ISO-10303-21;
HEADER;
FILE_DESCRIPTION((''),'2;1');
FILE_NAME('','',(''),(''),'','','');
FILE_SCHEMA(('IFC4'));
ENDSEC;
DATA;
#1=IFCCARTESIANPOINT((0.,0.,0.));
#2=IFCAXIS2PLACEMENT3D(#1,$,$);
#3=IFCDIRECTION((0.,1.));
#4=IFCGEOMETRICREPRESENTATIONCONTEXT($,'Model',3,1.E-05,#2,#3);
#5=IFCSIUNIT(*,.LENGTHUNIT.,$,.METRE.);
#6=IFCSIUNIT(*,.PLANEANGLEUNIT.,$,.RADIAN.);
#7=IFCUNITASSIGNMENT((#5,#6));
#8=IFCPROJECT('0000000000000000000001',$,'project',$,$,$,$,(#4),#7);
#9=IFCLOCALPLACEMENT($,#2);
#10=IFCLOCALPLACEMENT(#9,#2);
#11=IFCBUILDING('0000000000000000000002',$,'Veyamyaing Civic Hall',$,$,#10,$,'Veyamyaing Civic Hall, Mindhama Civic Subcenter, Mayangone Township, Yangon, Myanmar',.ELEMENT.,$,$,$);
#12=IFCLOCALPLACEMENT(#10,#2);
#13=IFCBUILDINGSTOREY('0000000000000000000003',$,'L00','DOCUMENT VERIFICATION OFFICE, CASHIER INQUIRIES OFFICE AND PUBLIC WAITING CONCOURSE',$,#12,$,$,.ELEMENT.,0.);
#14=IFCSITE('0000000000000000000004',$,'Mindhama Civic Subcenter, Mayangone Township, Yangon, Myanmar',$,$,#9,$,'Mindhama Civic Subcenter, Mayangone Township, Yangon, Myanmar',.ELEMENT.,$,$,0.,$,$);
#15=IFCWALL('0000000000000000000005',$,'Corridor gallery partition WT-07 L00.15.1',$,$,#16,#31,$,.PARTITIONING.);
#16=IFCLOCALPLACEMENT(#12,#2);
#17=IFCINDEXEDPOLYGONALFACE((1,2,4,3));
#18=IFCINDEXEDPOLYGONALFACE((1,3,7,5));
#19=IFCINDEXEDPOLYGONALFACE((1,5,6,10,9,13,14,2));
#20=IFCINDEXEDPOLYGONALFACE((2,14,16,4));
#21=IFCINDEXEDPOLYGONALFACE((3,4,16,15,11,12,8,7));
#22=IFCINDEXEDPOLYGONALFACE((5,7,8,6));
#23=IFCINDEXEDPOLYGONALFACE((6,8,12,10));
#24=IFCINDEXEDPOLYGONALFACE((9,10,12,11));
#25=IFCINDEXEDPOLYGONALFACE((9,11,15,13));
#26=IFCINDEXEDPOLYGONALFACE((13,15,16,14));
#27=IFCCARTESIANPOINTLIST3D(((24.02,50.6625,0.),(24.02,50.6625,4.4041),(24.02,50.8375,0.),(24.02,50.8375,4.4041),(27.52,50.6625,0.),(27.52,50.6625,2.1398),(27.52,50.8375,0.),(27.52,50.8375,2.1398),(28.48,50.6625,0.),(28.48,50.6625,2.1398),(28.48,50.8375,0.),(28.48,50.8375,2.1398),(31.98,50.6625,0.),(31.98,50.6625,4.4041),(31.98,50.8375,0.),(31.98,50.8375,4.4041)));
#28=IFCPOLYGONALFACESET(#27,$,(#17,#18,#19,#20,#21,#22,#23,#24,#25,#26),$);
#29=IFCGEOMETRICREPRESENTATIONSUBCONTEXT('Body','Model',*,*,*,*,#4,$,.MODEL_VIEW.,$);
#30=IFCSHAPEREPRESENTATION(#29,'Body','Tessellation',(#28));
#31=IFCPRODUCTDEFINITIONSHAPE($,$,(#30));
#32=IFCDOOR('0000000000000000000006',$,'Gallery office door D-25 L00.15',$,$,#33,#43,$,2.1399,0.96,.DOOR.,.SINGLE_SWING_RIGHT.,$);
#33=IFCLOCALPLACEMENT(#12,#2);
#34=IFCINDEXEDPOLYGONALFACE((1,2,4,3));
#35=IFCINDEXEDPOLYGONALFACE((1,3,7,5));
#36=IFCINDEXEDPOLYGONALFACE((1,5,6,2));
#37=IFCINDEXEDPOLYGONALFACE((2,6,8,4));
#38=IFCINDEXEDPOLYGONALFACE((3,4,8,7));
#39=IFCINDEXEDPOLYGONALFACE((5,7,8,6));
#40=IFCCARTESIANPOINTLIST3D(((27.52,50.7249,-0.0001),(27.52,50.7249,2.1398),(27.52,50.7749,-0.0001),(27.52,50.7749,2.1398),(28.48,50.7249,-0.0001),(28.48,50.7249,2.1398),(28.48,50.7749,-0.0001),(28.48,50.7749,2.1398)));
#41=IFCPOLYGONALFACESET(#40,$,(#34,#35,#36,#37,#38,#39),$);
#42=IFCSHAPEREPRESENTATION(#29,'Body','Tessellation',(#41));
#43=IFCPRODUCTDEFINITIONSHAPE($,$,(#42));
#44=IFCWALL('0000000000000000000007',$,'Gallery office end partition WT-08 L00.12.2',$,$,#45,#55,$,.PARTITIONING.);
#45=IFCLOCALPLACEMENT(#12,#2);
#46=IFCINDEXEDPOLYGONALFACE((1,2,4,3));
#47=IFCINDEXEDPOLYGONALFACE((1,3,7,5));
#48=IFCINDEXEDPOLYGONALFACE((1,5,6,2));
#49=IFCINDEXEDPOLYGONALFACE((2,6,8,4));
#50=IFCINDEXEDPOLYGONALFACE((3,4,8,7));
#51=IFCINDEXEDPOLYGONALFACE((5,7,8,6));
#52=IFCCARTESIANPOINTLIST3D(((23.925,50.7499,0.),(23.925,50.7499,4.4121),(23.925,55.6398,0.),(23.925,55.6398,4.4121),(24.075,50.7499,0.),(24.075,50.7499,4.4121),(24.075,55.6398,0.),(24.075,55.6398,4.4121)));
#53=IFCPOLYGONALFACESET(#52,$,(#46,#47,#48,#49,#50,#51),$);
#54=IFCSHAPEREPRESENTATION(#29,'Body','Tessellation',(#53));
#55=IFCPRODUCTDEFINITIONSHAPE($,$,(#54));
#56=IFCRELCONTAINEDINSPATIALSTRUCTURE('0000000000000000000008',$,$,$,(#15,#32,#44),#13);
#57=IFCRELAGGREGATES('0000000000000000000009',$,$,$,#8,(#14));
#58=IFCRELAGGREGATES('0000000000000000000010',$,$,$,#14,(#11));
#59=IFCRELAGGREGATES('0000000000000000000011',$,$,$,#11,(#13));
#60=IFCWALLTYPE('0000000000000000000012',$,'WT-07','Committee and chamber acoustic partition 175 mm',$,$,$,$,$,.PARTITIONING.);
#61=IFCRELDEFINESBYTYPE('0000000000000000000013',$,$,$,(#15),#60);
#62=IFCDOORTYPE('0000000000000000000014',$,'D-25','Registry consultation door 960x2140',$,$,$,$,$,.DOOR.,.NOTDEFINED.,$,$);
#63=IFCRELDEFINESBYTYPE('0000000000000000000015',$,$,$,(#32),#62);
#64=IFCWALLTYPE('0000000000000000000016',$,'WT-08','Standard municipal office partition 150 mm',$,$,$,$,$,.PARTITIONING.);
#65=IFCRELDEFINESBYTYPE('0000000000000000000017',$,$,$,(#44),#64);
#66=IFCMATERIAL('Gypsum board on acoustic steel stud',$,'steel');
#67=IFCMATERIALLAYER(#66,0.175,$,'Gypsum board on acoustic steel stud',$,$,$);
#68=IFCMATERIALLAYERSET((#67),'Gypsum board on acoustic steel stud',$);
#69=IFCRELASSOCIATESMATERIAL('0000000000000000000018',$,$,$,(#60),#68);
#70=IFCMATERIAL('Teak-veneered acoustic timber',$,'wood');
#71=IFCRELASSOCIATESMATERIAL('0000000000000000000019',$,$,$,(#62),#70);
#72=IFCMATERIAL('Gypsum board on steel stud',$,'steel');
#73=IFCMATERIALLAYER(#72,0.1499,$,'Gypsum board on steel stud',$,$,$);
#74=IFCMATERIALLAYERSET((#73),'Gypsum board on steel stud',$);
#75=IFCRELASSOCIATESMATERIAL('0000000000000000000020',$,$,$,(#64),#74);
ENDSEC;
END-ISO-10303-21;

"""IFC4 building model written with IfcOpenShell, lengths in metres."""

from ifc_helpers import new_model, si_unit, direction, frame, frame_2d, origin, place, context, subcontext, project, spatial, rectangle, extrude, material, layer, layer_set, type_object, element, fill, save


model = new_model("IFC4")

# Units and contexts
model_context = context("Model", 3, precision=1e-05, world=origin(), true_north=direction((0.0, 1.0)))
body_context = subcontext(model_context, "Body", "Model", "MODEL_VIEW")
ifc_project = project(units=[si_unit("LENGTHUNIT", "METRE"), si_unit("PLANEANGLEUNIT", "RADIAN")], contexts=[model_context])

# Site, building, storey
site_placement = place(None, origin())
site = spatial("IfcSite", under=ifc_project, at=site_placement, Name="Mindhama Civic Subcenter, Mayangone Township, Yangon, Myanmar", LongName="Mindhama Civic Subcenter, Mayangone Township, Yangon, Myanmar", CompositionType="ELEMENT", RefElevation=0.0)
building_placement = place(site_placement, origin())
building = spatial("IfcBuilding", under=site, at=building_placement, Name="Veyamyaing Civic Hall", LongName="Veyamyaing Civic Hall, Mindhama Civic Subcenter, Mayangone Township, Yangon, Myanmar", CompositionType="ELEMENT")
storey_placement = place(building_placement, origin())
storey = spatial("IfcBuildingStorey", under=building, at=storey_placement, Name="L00", Description="DOCUMENT VERIFICATION OFFICE, CASHIER INQUIRIES OFFICE AND PUBLIC WAITING CONCOURSE", CompositionType="ELEMENT", Elevation=0.0)

# Wall, opening, door
ifc_material_1 = material(Name="Gypsum board on acoustic steel stud", Category="steel")
ifc_layer_1 = layer(ifc_material_1, 0.175, Name="Gypsum board on acoustic steel stud")
ifc_layer_set_1 = layer_set([ifc_layer_1], Name="Gypsum board on acoustic steel stud")
wall_type_1 = type_object("IfcWallType", Name="WT-07", Description="Committee and chamber acoustic partition 175 mm", PredefinedType="PARTITIONING", material=ifc_layer_set_1)
wall_1_placement = place(storey_placement, frame((24.02, 50.75, 0.0), z_axis=(0.0, 0.0, 1.0), x_axis=(1.0, 0.0, 0.0)))
wall_1 = element("IfcWall", 1, at=wall_1_placement, inside=storey, type_object=wall_type_1, Name="Corridor gallery partition WT-07 L00.15.1", PredefinedType="PARTITIONING", context=body_context, shape_type="SweptSolid", body=[
    extrude(rectangle(XDim=7.96, YDim=0.175, at=frame_2d((3.98, 0.0))), origin(), (0.0, 0.0, 1.0), 4.4041),
])
opening_placement = place(wall_1_placement, frame((3.5, 0.0, 0.0)))
opening = element("IfcOpeningElement", 2, at=opening_placement, cuts=wall_1, PredefinedType="OPENING", context=body_context, shape_type="SweptSolid", body=[
    extrude(rectangle(XDim=0.96, YDim=2.1399, at=frame_2d((0.48, 1.0698))), frame((0.0, 0.0974, 0.0), z_axis=(0.0, -1.0, 0.0), x_axis=(1.0, 0.0, 0.0)), (0.0, 0.0, 1.0), 0.1951),
])
ifc_material_2 = material(Name="Teak-veneered acoustic timber", Category="wood")
door_type = type_object("IfcDoorType", Name="D-25", Description="Registry consultation door 960x2140", OperationType="NOTDEFINED", PredefinedType="DOOR", material=ifc_material_2)
door_placement = place(opening_placement, origin())
door = element("IfcDoor", 3, at=door_placement, inside=storey, type_object=door_type, Name="Gallery office door D-25 L00.15", OperationType="SINGLE_SWING_RIGHT", OverallHeight=2.1399, OverallWidth=0.96, PredefinedType="DOOR", context=body_context, shape_type="SweptSolid", body=[
    extrude(rectangle(XDim=0.96, YDim=2.1399, at=frame_2d((0.48, 1.0698))), frame((0.0, 0.0249, 0.0), z_axis=(0.0, -1.0, 0.0), x_axis=(1.0, 0.0, 0.0)), (0.0, 0.0, 1.0), 0.05),
])
fill(opening, door)

# Wall
ifc_material_3 = material(Name="Gypsum board on steel stud", Category="steel")
ifc_layer_2 = layer(ifc_material_3, 0.1499, Name="Gypsum board on steel stud")
ifc_layer_set_2 = layer_set([ifc_layer_2], Name="Gypsum board on steel stud")
wall_type_2 = type_object("IfcWallType", Name="WT-08", Description="Standard municipal office partition 150 mm", PredefinedType="PARTITIONING", material=ifc_layer_set_2)
wall_2_placement = place(storey_placement, frame((24.0, 50.75, 0.0), z_axis=(0.0, 0.0, 1.0), x_axis=(0.0, 1.0, 0.0)))
element("IfcWall", 4, at=wall_2_placement, inside=storey, type_object=wall_type_2, Name="Gallery office end partition WT-08 L00.12.2", PredefinedType="PARTITIONING", context=body_context, shape_type="SweptSolid", body=[
    extrude(rectangle(XDim=4.8899, YDim=0.1499, at=frame_2d((2.4448, 0.0))), origin(), (0.0, 0.0, 1.0), 4.4121),
])

save(model, "model.ifc")
